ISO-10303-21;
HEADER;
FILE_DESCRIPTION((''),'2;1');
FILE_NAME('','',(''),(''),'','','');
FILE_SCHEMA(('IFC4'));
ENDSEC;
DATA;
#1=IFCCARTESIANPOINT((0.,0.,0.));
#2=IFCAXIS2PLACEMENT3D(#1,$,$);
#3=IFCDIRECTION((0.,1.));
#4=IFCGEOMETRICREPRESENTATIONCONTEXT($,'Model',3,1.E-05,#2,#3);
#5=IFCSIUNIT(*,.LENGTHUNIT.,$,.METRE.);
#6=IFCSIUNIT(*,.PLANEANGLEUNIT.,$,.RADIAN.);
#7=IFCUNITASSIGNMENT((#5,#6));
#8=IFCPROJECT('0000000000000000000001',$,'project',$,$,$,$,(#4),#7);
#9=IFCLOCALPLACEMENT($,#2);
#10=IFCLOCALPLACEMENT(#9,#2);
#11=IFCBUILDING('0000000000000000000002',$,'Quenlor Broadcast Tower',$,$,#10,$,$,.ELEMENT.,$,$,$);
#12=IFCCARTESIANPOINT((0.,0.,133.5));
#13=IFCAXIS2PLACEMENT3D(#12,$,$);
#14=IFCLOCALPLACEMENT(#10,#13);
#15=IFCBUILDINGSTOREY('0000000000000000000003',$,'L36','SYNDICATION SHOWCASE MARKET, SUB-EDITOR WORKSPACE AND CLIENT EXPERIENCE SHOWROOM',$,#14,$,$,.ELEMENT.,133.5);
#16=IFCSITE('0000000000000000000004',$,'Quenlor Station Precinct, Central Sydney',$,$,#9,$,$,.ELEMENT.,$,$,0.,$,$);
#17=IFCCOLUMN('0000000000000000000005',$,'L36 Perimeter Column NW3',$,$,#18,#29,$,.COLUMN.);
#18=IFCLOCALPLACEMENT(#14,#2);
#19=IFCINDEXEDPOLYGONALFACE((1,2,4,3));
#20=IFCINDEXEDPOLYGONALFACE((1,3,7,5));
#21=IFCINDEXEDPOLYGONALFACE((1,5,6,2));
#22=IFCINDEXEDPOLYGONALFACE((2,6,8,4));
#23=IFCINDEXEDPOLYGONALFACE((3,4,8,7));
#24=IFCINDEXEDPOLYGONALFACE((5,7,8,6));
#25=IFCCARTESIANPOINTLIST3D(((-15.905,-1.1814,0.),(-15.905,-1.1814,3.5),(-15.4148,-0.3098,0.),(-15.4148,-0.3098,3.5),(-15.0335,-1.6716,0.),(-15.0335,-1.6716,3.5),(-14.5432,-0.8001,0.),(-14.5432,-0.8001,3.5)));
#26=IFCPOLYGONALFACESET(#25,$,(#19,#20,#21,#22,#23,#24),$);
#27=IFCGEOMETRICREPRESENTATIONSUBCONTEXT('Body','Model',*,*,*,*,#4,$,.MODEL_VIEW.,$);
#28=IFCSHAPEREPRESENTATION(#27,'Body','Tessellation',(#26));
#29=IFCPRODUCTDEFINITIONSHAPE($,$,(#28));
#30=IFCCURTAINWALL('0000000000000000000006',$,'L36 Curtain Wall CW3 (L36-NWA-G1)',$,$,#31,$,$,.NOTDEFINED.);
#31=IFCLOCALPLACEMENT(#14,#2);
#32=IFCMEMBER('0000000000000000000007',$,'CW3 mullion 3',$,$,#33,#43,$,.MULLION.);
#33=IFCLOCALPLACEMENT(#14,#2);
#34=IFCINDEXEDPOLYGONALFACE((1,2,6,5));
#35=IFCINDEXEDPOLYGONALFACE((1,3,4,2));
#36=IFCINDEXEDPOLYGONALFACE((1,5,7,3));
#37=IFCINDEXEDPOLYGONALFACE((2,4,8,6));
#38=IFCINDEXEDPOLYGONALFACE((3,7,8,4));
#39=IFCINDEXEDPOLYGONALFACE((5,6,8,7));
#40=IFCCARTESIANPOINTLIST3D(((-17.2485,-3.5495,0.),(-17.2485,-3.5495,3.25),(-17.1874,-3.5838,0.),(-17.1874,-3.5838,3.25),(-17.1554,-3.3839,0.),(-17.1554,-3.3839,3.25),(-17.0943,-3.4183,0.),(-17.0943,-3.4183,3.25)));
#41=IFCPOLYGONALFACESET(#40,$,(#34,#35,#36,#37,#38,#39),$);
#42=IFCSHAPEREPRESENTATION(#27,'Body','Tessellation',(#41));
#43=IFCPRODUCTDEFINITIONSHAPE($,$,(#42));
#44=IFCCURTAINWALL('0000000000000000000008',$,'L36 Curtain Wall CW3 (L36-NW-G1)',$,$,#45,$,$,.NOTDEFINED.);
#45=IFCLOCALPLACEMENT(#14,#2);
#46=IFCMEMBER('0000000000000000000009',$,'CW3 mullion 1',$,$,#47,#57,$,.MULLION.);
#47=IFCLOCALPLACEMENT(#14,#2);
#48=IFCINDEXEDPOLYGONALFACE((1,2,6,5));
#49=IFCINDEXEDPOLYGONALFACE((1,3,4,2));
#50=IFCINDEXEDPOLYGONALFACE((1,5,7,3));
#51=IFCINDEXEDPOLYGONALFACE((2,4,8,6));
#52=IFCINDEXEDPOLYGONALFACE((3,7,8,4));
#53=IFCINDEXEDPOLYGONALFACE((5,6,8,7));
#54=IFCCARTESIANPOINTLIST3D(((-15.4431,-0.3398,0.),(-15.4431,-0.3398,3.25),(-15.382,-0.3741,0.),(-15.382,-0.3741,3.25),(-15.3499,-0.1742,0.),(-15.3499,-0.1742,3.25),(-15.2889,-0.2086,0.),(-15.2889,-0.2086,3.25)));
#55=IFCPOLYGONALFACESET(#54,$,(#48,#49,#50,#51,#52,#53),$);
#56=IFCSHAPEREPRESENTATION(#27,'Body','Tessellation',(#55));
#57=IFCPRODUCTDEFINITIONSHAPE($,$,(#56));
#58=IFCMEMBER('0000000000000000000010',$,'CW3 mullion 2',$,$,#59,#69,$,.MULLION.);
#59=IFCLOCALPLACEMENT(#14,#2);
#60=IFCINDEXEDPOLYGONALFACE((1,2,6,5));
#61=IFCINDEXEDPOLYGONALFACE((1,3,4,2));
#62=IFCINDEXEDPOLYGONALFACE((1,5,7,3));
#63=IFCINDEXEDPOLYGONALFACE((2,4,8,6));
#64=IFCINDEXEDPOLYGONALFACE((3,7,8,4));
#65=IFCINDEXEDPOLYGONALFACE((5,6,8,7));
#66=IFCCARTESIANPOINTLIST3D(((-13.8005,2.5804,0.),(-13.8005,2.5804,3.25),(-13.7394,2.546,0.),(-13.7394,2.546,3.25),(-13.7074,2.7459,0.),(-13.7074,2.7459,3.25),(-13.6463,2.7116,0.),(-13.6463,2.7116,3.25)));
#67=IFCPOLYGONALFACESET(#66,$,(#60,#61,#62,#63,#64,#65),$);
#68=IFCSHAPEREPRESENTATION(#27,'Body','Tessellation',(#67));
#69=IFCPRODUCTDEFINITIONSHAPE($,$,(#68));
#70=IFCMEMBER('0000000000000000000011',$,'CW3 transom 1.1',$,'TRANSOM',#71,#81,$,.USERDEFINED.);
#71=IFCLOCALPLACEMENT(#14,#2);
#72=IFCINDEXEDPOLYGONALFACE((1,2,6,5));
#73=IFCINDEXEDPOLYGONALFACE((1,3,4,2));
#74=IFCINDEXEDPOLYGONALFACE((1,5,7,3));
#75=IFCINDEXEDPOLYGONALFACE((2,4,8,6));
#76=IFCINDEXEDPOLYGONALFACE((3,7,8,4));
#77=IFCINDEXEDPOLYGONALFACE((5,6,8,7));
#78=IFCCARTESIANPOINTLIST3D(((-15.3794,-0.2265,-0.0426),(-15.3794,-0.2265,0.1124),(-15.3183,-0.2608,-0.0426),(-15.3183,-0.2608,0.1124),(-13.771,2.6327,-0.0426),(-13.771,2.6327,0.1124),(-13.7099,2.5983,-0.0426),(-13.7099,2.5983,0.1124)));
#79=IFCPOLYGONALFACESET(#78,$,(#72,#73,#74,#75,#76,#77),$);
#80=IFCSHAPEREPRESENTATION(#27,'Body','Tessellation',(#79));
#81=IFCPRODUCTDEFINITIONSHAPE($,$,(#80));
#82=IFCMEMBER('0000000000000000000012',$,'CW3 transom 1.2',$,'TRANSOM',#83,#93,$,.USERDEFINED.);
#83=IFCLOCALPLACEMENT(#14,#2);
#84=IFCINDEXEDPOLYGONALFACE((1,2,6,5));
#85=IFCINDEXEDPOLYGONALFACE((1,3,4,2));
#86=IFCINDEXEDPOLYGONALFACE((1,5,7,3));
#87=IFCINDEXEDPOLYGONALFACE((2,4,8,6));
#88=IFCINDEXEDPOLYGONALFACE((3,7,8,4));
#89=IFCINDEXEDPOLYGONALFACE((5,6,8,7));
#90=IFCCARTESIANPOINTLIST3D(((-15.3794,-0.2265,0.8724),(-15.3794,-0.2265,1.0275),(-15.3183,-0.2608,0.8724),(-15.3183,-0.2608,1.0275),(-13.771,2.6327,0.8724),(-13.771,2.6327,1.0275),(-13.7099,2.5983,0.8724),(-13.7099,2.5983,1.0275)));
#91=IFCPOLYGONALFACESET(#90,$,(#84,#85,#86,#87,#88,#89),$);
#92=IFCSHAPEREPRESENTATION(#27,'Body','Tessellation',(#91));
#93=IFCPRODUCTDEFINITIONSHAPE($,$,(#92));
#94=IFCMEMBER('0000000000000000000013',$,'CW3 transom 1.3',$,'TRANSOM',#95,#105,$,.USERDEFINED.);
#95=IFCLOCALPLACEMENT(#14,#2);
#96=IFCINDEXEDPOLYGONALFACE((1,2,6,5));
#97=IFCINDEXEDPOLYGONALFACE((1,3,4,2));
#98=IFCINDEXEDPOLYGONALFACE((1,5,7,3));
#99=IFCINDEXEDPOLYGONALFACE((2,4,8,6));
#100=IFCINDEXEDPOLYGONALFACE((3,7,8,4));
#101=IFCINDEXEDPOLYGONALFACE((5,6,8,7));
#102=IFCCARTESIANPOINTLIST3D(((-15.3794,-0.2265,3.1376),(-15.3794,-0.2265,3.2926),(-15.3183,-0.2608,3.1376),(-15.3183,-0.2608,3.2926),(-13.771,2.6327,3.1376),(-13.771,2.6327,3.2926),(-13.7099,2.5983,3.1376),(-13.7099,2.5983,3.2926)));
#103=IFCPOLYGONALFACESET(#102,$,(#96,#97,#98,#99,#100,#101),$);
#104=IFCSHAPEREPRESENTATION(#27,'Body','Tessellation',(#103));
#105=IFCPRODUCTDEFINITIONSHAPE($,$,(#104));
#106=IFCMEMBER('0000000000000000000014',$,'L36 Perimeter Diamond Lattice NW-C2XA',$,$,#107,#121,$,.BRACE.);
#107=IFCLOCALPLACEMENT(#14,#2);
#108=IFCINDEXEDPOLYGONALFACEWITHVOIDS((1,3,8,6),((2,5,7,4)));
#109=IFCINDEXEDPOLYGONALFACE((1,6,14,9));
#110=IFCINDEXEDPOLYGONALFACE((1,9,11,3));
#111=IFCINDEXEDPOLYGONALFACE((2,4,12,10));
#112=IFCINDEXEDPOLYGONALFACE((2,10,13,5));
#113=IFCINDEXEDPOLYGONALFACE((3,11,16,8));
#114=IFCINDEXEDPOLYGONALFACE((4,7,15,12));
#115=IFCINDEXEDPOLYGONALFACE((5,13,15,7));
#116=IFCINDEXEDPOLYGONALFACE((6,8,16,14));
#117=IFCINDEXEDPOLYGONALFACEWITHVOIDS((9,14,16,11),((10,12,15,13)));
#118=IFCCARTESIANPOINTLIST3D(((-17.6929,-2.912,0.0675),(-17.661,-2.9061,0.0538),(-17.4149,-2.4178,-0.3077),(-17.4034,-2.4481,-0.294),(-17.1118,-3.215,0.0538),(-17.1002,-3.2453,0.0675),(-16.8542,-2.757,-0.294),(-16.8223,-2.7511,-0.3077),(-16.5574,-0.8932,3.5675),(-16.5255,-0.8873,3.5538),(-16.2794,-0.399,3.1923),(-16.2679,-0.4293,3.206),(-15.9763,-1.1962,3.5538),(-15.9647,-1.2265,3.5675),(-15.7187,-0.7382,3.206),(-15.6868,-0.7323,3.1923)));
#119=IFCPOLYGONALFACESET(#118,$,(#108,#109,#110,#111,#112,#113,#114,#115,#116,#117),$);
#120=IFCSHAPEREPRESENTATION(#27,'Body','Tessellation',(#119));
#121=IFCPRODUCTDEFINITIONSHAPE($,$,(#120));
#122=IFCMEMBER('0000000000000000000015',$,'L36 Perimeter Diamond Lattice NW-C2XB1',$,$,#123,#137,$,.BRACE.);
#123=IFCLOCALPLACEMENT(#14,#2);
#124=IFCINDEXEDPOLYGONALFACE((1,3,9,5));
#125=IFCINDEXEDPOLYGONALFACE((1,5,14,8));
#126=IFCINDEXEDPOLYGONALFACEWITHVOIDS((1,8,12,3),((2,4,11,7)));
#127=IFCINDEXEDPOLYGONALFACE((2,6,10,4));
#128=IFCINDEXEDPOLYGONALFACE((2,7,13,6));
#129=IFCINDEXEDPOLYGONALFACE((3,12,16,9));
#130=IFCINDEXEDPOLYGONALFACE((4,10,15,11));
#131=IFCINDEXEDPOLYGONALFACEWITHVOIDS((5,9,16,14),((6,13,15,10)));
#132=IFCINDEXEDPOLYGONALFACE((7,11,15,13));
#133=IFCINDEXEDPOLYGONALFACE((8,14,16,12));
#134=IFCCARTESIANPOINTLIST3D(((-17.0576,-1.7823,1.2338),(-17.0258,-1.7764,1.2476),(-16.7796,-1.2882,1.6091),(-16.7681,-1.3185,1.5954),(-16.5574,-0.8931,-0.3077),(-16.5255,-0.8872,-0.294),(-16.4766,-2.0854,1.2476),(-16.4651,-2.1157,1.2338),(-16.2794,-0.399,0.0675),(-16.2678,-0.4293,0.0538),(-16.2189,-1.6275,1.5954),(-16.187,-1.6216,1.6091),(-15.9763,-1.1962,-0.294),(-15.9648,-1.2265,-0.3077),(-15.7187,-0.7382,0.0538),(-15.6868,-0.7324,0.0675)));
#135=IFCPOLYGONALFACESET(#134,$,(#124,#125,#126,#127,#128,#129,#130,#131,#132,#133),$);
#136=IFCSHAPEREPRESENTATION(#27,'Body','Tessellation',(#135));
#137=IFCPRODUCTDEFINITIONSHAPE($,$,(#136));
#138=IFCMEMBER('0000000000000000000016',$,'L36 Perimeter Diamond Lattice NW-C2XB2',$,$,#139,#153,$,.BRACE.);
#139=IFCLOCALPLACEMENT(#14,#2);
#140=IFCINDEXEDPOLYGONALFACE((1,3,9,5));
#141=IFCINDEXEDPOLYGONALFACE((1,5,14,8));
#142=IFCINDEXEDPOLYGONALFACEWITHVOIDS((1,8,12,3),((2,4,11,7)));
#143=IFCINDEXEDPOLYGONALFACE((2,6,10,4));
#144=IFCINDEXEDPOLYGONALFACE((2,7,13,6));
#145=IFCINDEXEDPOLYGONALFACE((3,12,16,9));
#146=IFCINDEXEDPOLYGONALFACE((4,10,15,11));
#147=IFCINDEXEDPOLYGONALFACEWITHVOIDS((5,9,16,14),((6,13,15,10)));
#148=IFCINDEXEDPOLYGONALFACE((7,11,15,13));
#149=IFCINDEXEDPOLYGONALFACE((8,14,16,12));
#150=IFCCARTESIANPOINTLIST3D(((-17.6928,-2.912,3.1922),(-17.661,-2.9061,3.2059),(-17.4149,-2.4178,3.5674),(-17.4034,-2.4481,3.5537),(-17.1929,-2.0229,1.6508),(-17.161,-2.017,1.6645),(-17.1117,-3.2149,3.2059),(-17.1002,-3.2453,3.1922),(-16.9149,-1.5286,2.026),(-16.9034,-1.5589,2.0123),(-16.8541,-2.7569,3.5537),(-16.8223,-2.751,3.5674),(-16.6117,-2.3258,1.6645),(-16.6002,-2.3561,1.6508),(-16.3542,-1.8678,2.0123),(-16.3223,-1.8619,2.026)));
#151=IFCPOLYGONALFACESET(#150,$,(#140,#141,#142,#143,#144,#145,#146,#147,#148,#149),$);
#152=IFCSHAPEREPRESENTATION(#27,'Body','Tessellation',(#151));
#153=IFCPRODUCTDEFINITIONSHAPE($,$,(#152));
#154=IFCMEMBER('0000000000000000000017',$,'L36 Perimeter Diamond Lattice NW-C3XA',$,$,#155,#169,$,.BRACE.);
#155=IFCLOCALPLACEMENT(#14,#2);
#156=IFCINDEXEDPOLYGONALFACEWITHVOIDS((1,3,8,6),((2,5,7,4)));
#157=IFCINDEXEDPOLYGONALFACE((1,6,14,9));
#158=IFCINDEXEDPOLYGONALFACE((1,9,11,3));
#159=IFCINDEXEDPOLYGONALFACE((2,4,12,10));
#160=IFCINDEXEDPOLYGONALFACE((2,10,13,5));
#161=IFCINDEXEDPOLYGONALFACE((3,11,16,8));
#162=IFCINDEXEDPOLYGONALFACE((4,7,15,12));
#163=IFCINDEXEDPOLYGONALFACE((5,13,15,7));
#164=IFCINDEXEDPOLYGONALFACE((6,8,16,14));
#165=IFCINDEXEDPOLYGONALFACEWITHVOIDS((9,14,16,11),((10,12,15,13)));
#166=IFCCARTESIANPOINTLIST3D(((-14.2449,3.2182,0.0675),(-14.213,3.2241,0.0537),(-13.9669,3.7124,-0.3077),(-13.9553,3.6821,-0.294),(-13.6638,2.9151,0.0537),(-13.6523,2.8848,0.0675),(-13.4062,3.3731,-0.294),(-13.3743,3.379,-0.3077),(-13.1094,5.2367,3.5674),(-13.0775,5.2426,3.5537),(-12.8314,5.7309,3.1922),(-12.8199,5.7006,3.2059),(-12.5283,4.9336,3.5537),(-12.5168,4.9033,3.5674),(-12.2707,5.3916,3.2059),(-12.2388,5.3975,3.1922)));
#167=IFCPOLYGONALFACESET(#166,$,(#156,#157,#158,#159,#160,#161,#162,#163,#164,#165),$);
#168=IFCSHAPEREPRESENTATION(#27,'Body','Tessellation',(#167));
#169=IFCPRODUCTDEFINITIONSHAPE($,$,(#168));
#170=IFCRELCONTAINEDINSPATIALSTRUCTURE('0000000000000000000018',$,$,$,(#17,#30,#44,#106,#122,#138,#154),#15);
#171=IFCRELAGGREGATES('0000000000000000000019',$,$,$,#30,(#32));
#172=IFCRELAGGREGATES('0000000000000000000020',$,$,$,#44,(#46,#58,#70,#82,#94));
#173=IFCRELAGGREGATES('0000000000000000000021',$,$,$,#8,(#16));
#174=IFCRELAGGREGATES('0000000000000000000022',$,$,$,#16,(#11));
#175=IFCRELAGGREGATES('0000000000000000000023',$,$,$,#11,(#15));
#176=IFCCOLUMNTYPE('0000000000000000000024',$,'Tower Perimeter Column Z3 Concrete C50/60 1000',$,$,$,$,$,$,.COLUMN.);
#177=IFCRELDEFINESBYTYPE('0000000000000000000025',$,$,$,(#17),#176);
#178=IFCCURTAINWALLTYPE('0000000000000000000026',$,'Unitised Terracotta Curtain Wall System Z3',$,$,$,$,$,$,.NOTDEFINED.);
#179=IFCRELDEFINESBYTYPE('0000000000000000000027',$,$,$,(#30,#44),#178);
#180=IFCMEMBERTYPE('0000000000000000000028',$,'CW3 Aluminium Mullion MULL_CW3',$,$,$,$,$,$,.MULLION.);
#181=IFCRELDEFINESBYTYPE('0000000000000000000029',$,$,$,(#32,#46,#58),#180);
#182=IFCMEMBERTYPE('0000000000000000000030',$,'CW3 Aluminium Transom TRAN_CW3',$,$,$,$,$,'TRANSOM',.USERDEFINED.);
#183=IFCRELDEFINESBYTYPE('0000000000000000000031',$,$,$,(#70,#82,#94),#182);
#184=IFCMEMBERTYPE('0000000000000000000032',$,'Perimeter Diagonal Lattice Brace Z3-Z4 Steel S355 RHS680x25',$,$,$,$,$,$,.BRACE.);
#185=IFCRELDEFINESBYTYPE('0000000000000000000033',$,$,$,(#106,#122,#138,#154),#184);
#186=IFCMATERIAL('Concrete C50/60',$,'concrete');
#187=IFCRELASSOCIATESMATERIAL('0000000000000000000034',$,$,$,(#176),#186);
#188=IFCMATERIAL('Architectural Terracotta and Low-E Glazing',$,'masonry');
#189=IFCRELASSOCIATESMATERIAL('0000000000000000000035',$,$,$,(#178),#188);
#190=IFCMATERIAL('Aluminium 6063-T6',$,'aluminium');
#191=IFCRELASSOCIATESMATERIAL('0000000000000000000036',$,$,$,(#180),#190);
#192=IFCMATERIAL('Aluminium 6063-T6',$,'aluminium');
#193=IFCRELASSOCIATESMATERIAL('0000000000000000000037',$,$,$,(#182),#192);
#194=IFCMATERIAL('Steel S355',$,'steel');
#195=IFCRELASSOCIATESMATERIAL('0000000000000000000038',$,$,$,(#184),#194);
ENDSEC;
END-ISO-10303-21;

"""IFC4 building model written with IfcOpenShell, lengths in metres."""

from ifc_helpers import new_model, si_unit, direction, frame, origin, origin_2d, place, context, subcontext, project, spatial, rectangle, hollow_rectangle, extrude, material, material_profile, profile_set, type_object, element, aggregate, save


model = new_model("IFC4")

# Units and contexts
model_context = context("Model", 3, precision=1e-05, world=origin(), true_north=direction((0.0, 1.0)))
body_context = subcontext(model_context, "Body", "Model", "MODEL_VIEW")
ifc_project = project(units=[si_unit("LENGTHUNIT", "METRE"), si_unit("PLANEANGLEUNIT", "RADIAN")], contexts=[model_context])

# Site, building, storey
site_placement = place(None, origin())
site = spatial("IfcSite", under=ifc_project, at=site_placement, Name="Quenlor Station Precinct, Central Sydney", CompositionType="ELEMENT", RefElevation=0.0)
building_placement = place(site_placement, origin())
building = spatial("IfcBuilding", under=site, at=building_placement, Name="Quenlor Broadcast Tower", CompositionType="ELEMENT")
storey_placement = place(building_placement, frame((0.0, 0.0, 133.5)))
storey = spatial("IfcBuildingStorey", under=building, at=storey_placement, Name="L36", Description="SYNDICATION SHOWCASE MARKET, SUB-EDITOR WORKSPACE AND CLIENT EXPERIENCE SHOWROOM", CompositionType="ELEMENT", Elevation=133.5)

# Column
ifc_material_1 = material(Name="Concrete C50/60", Category="concrete")
ifc_material_profile_1 = material_profile(ifc_material_1, rectangle(XDim=1.0, YDim=1.0, at=origin_2d()))
ifc_profile_set_1 = profile_set([ifc_material_profile_1], Name="Concrete C50/60 RC1000x1000")
column_type = type_object("IfcColumnType", Name="Tower Perimeter Column Z3 Concrete C50/60 1000", PredefinedType="COLUMN", material=ifc_profile_set_1)
column_placement = place(storey_placement, frame((-15.2241, -0.9907, 0.0), z_axis=(0.0, 0.0, 1.0), x_axis=(-0.871575, 0.490262, 0.0)))
element("IfcColumn", 1, at=column_placement, inside=storey, type_object=column_type, Name="L36 Perimeter Column NW3", PredefinedType="COLUMN", context=body_context, shape_type="SweptSolid", body=[
    extrude(rectangle(XDim=1.0, YDim=1.0, at=origin_2d()), origin(), (0.0, 0.0, 1.0), 3.5),
])

# Curtain wall, member
ifc_material_2 = material(Name="Architectural Terracotta and Low-E Glazing", Category="masonry")
curtain_wall_type = type_object("IfcCurtainWallType", Name="Unitised Terracotta Curtain Wall System Z3", PredefinedType="NOTDEFINED", material=ifc_material_2)
curtain_wall_1_placement = place(storey_placement, origin())
curtain_wall_1 = element("IfcCurtainWall", 2, at=curtain_wall_1_placement, inside=storey, type_object=curtain_wall_type, Name="L36 Curtain Wall CW3 (L36-NWA-G1)", PredefinedType="NOTDEFINED")
ifc_material_3 = material(Name="Aluminium 6063-T6", Category="aluminium")
ifc_material_profile_2 = material_profile(ifc_material_3, rectangle(XDim=0.0701, YDim=0.1899, at=origin_2d()))
ifc_profile_set_2 = profile_set([ifc_material_profile_2], Name="Aluminium 6063-T6 MULL70x190")
member_type_1 = type_object("IfcMemberType", Name="CW3 Aluminium Mullion MULL_CW3", PredefinedType="MULLION", material=ifc_profile_set_2)
member_1_placement = place(storey_placement, frame((-17.1714, -3.4839, 0.0), z_axis=(0.0, 0.0, 1.0), x_axis=(-0.871577, 0.490259, 0.0)))
member_1 = element("IfcMember", 3, at=member_1_placement, type_object=member_type_1, Name="CW3 mullion 3", PredefinedType="MULLION", context=body_context, shape_type="SweptSolid", body=[
    extrude(rectangle(XDim=0.0701, YDim=0.1899, at=origin_2d()), origin(), (0.0, 0.0, 1.0), 3.25),
])
aggregate(curtain_wall_1, [member_1])

# Curtain wall, members
curtain_wall_2_placement = place(storey_placement, origin())
curtain_wall_2 = element("IfcCurtainWall", 4, at=curtain_wall_2_placement, inside=storey, type_object=curtain_wall_type, Name="L36 Curtain Wall CW3 (L36-NW-G1)", PredefinedType="NOTDEFINED")
member_2_placement = place(storey_placement, frame((-15.366, -0.2742, 0.0), z_axis=(0.0, 0.0, 1.0), x_axis=(-0.871572, 0.490268, 0.0)))
member_2 = element("IfcMember", 5, at=member_2_placement, type_object=member_type_1, Name="CW3 mullion 1", PredefinedType="MULLION", context=body_context, shape_type="SweptSolid", body=[
    extrude(rectangle(XDim=0.0701, YDim=0.1899, at=origin_2d()), origin(), (0.0, 0.0, 1.0), 3.25),
])
member_3_placement = place(storey_placement, frame((-13.7234, 2.646, 0.0), z_axis=(0.0, 0.0, 1.0), x_axis=(-0.871572, 0.490268, 0.0)))
member_3 = element("IfcMember", 6, at=member_3_placement, type_object=member_type_1, Name="CW3 mullion 2", PredefinedType="MULLION", context=body_context, shape_type="SweptSolid", body=[
    extrude(rectangle(XDim=0.0701, YDim=0.1899, at=origin_2d()), origin(), (0.0, 0.0, 1.0), 3.25),
])
ifc_material_4 = material(Name="Aluminium 6063-T6", Category="aluminium")
ifc_material_profile_3 = material_profile(ifc_material_4, rectangle(XDim=0.0701, YDim=0.155, at=origin_2d()))
ifc_profile_set_3 = profile_set([ifc_material_profile_3], Name="Aluminium 6063-T6 TRAN70x155")
member_type_2 = type_object("IfcMemberType", Name="CW3 Aluminium Transom TRAN_CW3", ElementType="TRANSOM", PredefinedType="USERDEFINED", material=ifc_profile_set_3)
member_4_placement = place(storey_placement, frame((-15.3489, -0.2437, 0.0349), z_axis=(0.490293, 0.871558, 0.0), x_axis=(-0.871558, 0.490293, 0.0)))
member_4 = element("IfcMember", 7, at=member_4_placement, type_object=member_type_2, Name="CW3 transom 1.1", ObjectType="TRANSOM", PredefinedType="USERDEFINED", context=body_context, shape_type="SweptSolid", body=[
    extrude(rectangle(XDim=0.0701, YDim=0.155, at=origin_2d()), origin(), (0.0, 0.0, 1.0), 3.2805),
])
member_5_placement = place(storey_placement, frame((-15.3489, -0.2437, 0.95), z_axis=(0.490293, 0.871558, 0.0), x_axis=(-0.871558, 0.490293, 0.0)))
member_5 = element("IfcMember", 8, at=member_5_placement, type_object=member_type_2, Name="CW3 transom 1.2", ObjectType="TRANSOM", PredefinedType="USERDEFINED", context=body_context, shape_type="SweptSolid", body=[
    extrude(rectangle(XDim=0.0701, YDim=0.155, at=origin_2d()), origin(), (0.0, 0.0, 1.0), 3.2805),
])
member_6_placement = place(storey_placement, frame((-15.3489, -0.2437, 3.2151), z_axis=(0.490293, 0.871558, 0.0), x_axis=(-0.871558, 0.490293, 0.0)))
member_6 = element("IfcMember", 9, at=member_6_placement, type_object=member_type_2, Name="CW3 transom 1.3", ObjectType="TRANSOM", PredefinedType="USERDEFINED", context=body_context, shape_type="SweptSolid", body=[
    extrude(rectangle(XDim=0.0701, YDim=0.155, at=origin_2d()), origin(), (0.0, 0.0, 1.0), 3.2805),
])

# Members
ifc_material_5 = material(Name="Steel S355", Category="steel")
ifc_material_profile_4 = material_profile(ifc_material_5, hollow_rectangle(XDim=0.6799, YDim=0.6799, WallThickness=0.0249, at=origin_2d()))
ifc_profile_set_4 = profile_set([ifc_material_profile_4], Name="Steel S355 RHS680x680x25")
member_type_3 = type_object("IfcMemberType", Name="Perimeter Diagonal Lattice Brace Z3-Z4 Steel S355 RHS680x25", PredefinedType="BRACE", material=ifc_profile_set_4)
member_7_placement = place(storey_placement, frame((-17.2576, -2.8315, -0.1201), z_axis=(0.270549, 0.481009, 0.833927), x_axis=(-0.87159, 0.490236, 0.0)))
element("IfcMember", 10, at=member_7_placement, inside=storey, type_object=member_type_3, Name="L36 Perimeter Diamond Lattice NW-C2XA", PredefinedType="BRACE", context=body_context, shape_type="SweptSolid", body=[
    extrude(hollow_rectangle(XDim=0.6799, YDim=0.6799, WallThickness=0.0249, at=origin_2d()), origin(), (0.0, 0.0, 1.0), 4.197),
])
member_8_placement = place(storey_placement, frame((-16.1221, -0.8127, -0.1201), z_axis=(-0.270616, -0.481008, 0.833905), x_axis=(0.871537, -0.490329, 0.0)))
element("IfcMember", 11, at=member_8_placement, inside=storey, type_object=member_type_3, Name="L36 Perimeter Diamond Lattice NW-C2XB1", PredefinedType="BRACE", context=body_context, shape_type="SweptSolid", body=[
    extrude(hollow_rectangle(XDim=0.6799, YDim=0.6799, WallThickness=0.0249, at=origin_2d()), origin(), (0.0, 0.0, 1.0), 1.8486),
])
member_9_placement = place(storey_placement, frame((-16.7576, -1.9424, 1.8384), z_axis=(-0.270494, -0.481025, 0.833935), x_axis=(0.871639, -0.490148, 0.0)))
element("IfcMember", 12, at=member_9_placement, inside=storey, type_object=member_type_3, Name="L36 Perimeter Diamond Lattice NW-C2XB2", PredefinedType="BRACE", context=body_context, shape_type="SweptSolid", body=[
    extrude(hollow_rectangle(XDim=0.6799, YDim=0.6799, WallThickness=0.0249, at=origin_2d()), origin(), (0.0, 0.0, 1.0), 1.8484),
])
member_10_placement = place(storey_placement, frame((-13.8096, 3.2986, -0.1201), z_axis=(0.270557, 0.480964, 0.83395), x_axis=(-0.871564, 0.490281, 0.0)))
element("IfcMember", 13, at=member_10_placement, inside=storey, type_object=member_type_3, Name="L36 Perimeter Diamond Lattice NW-C3XA", PredefinedType="BRACE", context=body_context, shape_type="SweptSolid", body=[
    extrude(hollow_rectangle(XDim=0.6799, YDim=0.6799, WallThickness=0.0249, at=origin_2d()), origin(), (0.0, 0.0, 1.0), 4.1968),
])

aggregate(curtain_wall_2, [member_2, member_3, member_4, member_5, member_6])

save(model, "model.ifc")
